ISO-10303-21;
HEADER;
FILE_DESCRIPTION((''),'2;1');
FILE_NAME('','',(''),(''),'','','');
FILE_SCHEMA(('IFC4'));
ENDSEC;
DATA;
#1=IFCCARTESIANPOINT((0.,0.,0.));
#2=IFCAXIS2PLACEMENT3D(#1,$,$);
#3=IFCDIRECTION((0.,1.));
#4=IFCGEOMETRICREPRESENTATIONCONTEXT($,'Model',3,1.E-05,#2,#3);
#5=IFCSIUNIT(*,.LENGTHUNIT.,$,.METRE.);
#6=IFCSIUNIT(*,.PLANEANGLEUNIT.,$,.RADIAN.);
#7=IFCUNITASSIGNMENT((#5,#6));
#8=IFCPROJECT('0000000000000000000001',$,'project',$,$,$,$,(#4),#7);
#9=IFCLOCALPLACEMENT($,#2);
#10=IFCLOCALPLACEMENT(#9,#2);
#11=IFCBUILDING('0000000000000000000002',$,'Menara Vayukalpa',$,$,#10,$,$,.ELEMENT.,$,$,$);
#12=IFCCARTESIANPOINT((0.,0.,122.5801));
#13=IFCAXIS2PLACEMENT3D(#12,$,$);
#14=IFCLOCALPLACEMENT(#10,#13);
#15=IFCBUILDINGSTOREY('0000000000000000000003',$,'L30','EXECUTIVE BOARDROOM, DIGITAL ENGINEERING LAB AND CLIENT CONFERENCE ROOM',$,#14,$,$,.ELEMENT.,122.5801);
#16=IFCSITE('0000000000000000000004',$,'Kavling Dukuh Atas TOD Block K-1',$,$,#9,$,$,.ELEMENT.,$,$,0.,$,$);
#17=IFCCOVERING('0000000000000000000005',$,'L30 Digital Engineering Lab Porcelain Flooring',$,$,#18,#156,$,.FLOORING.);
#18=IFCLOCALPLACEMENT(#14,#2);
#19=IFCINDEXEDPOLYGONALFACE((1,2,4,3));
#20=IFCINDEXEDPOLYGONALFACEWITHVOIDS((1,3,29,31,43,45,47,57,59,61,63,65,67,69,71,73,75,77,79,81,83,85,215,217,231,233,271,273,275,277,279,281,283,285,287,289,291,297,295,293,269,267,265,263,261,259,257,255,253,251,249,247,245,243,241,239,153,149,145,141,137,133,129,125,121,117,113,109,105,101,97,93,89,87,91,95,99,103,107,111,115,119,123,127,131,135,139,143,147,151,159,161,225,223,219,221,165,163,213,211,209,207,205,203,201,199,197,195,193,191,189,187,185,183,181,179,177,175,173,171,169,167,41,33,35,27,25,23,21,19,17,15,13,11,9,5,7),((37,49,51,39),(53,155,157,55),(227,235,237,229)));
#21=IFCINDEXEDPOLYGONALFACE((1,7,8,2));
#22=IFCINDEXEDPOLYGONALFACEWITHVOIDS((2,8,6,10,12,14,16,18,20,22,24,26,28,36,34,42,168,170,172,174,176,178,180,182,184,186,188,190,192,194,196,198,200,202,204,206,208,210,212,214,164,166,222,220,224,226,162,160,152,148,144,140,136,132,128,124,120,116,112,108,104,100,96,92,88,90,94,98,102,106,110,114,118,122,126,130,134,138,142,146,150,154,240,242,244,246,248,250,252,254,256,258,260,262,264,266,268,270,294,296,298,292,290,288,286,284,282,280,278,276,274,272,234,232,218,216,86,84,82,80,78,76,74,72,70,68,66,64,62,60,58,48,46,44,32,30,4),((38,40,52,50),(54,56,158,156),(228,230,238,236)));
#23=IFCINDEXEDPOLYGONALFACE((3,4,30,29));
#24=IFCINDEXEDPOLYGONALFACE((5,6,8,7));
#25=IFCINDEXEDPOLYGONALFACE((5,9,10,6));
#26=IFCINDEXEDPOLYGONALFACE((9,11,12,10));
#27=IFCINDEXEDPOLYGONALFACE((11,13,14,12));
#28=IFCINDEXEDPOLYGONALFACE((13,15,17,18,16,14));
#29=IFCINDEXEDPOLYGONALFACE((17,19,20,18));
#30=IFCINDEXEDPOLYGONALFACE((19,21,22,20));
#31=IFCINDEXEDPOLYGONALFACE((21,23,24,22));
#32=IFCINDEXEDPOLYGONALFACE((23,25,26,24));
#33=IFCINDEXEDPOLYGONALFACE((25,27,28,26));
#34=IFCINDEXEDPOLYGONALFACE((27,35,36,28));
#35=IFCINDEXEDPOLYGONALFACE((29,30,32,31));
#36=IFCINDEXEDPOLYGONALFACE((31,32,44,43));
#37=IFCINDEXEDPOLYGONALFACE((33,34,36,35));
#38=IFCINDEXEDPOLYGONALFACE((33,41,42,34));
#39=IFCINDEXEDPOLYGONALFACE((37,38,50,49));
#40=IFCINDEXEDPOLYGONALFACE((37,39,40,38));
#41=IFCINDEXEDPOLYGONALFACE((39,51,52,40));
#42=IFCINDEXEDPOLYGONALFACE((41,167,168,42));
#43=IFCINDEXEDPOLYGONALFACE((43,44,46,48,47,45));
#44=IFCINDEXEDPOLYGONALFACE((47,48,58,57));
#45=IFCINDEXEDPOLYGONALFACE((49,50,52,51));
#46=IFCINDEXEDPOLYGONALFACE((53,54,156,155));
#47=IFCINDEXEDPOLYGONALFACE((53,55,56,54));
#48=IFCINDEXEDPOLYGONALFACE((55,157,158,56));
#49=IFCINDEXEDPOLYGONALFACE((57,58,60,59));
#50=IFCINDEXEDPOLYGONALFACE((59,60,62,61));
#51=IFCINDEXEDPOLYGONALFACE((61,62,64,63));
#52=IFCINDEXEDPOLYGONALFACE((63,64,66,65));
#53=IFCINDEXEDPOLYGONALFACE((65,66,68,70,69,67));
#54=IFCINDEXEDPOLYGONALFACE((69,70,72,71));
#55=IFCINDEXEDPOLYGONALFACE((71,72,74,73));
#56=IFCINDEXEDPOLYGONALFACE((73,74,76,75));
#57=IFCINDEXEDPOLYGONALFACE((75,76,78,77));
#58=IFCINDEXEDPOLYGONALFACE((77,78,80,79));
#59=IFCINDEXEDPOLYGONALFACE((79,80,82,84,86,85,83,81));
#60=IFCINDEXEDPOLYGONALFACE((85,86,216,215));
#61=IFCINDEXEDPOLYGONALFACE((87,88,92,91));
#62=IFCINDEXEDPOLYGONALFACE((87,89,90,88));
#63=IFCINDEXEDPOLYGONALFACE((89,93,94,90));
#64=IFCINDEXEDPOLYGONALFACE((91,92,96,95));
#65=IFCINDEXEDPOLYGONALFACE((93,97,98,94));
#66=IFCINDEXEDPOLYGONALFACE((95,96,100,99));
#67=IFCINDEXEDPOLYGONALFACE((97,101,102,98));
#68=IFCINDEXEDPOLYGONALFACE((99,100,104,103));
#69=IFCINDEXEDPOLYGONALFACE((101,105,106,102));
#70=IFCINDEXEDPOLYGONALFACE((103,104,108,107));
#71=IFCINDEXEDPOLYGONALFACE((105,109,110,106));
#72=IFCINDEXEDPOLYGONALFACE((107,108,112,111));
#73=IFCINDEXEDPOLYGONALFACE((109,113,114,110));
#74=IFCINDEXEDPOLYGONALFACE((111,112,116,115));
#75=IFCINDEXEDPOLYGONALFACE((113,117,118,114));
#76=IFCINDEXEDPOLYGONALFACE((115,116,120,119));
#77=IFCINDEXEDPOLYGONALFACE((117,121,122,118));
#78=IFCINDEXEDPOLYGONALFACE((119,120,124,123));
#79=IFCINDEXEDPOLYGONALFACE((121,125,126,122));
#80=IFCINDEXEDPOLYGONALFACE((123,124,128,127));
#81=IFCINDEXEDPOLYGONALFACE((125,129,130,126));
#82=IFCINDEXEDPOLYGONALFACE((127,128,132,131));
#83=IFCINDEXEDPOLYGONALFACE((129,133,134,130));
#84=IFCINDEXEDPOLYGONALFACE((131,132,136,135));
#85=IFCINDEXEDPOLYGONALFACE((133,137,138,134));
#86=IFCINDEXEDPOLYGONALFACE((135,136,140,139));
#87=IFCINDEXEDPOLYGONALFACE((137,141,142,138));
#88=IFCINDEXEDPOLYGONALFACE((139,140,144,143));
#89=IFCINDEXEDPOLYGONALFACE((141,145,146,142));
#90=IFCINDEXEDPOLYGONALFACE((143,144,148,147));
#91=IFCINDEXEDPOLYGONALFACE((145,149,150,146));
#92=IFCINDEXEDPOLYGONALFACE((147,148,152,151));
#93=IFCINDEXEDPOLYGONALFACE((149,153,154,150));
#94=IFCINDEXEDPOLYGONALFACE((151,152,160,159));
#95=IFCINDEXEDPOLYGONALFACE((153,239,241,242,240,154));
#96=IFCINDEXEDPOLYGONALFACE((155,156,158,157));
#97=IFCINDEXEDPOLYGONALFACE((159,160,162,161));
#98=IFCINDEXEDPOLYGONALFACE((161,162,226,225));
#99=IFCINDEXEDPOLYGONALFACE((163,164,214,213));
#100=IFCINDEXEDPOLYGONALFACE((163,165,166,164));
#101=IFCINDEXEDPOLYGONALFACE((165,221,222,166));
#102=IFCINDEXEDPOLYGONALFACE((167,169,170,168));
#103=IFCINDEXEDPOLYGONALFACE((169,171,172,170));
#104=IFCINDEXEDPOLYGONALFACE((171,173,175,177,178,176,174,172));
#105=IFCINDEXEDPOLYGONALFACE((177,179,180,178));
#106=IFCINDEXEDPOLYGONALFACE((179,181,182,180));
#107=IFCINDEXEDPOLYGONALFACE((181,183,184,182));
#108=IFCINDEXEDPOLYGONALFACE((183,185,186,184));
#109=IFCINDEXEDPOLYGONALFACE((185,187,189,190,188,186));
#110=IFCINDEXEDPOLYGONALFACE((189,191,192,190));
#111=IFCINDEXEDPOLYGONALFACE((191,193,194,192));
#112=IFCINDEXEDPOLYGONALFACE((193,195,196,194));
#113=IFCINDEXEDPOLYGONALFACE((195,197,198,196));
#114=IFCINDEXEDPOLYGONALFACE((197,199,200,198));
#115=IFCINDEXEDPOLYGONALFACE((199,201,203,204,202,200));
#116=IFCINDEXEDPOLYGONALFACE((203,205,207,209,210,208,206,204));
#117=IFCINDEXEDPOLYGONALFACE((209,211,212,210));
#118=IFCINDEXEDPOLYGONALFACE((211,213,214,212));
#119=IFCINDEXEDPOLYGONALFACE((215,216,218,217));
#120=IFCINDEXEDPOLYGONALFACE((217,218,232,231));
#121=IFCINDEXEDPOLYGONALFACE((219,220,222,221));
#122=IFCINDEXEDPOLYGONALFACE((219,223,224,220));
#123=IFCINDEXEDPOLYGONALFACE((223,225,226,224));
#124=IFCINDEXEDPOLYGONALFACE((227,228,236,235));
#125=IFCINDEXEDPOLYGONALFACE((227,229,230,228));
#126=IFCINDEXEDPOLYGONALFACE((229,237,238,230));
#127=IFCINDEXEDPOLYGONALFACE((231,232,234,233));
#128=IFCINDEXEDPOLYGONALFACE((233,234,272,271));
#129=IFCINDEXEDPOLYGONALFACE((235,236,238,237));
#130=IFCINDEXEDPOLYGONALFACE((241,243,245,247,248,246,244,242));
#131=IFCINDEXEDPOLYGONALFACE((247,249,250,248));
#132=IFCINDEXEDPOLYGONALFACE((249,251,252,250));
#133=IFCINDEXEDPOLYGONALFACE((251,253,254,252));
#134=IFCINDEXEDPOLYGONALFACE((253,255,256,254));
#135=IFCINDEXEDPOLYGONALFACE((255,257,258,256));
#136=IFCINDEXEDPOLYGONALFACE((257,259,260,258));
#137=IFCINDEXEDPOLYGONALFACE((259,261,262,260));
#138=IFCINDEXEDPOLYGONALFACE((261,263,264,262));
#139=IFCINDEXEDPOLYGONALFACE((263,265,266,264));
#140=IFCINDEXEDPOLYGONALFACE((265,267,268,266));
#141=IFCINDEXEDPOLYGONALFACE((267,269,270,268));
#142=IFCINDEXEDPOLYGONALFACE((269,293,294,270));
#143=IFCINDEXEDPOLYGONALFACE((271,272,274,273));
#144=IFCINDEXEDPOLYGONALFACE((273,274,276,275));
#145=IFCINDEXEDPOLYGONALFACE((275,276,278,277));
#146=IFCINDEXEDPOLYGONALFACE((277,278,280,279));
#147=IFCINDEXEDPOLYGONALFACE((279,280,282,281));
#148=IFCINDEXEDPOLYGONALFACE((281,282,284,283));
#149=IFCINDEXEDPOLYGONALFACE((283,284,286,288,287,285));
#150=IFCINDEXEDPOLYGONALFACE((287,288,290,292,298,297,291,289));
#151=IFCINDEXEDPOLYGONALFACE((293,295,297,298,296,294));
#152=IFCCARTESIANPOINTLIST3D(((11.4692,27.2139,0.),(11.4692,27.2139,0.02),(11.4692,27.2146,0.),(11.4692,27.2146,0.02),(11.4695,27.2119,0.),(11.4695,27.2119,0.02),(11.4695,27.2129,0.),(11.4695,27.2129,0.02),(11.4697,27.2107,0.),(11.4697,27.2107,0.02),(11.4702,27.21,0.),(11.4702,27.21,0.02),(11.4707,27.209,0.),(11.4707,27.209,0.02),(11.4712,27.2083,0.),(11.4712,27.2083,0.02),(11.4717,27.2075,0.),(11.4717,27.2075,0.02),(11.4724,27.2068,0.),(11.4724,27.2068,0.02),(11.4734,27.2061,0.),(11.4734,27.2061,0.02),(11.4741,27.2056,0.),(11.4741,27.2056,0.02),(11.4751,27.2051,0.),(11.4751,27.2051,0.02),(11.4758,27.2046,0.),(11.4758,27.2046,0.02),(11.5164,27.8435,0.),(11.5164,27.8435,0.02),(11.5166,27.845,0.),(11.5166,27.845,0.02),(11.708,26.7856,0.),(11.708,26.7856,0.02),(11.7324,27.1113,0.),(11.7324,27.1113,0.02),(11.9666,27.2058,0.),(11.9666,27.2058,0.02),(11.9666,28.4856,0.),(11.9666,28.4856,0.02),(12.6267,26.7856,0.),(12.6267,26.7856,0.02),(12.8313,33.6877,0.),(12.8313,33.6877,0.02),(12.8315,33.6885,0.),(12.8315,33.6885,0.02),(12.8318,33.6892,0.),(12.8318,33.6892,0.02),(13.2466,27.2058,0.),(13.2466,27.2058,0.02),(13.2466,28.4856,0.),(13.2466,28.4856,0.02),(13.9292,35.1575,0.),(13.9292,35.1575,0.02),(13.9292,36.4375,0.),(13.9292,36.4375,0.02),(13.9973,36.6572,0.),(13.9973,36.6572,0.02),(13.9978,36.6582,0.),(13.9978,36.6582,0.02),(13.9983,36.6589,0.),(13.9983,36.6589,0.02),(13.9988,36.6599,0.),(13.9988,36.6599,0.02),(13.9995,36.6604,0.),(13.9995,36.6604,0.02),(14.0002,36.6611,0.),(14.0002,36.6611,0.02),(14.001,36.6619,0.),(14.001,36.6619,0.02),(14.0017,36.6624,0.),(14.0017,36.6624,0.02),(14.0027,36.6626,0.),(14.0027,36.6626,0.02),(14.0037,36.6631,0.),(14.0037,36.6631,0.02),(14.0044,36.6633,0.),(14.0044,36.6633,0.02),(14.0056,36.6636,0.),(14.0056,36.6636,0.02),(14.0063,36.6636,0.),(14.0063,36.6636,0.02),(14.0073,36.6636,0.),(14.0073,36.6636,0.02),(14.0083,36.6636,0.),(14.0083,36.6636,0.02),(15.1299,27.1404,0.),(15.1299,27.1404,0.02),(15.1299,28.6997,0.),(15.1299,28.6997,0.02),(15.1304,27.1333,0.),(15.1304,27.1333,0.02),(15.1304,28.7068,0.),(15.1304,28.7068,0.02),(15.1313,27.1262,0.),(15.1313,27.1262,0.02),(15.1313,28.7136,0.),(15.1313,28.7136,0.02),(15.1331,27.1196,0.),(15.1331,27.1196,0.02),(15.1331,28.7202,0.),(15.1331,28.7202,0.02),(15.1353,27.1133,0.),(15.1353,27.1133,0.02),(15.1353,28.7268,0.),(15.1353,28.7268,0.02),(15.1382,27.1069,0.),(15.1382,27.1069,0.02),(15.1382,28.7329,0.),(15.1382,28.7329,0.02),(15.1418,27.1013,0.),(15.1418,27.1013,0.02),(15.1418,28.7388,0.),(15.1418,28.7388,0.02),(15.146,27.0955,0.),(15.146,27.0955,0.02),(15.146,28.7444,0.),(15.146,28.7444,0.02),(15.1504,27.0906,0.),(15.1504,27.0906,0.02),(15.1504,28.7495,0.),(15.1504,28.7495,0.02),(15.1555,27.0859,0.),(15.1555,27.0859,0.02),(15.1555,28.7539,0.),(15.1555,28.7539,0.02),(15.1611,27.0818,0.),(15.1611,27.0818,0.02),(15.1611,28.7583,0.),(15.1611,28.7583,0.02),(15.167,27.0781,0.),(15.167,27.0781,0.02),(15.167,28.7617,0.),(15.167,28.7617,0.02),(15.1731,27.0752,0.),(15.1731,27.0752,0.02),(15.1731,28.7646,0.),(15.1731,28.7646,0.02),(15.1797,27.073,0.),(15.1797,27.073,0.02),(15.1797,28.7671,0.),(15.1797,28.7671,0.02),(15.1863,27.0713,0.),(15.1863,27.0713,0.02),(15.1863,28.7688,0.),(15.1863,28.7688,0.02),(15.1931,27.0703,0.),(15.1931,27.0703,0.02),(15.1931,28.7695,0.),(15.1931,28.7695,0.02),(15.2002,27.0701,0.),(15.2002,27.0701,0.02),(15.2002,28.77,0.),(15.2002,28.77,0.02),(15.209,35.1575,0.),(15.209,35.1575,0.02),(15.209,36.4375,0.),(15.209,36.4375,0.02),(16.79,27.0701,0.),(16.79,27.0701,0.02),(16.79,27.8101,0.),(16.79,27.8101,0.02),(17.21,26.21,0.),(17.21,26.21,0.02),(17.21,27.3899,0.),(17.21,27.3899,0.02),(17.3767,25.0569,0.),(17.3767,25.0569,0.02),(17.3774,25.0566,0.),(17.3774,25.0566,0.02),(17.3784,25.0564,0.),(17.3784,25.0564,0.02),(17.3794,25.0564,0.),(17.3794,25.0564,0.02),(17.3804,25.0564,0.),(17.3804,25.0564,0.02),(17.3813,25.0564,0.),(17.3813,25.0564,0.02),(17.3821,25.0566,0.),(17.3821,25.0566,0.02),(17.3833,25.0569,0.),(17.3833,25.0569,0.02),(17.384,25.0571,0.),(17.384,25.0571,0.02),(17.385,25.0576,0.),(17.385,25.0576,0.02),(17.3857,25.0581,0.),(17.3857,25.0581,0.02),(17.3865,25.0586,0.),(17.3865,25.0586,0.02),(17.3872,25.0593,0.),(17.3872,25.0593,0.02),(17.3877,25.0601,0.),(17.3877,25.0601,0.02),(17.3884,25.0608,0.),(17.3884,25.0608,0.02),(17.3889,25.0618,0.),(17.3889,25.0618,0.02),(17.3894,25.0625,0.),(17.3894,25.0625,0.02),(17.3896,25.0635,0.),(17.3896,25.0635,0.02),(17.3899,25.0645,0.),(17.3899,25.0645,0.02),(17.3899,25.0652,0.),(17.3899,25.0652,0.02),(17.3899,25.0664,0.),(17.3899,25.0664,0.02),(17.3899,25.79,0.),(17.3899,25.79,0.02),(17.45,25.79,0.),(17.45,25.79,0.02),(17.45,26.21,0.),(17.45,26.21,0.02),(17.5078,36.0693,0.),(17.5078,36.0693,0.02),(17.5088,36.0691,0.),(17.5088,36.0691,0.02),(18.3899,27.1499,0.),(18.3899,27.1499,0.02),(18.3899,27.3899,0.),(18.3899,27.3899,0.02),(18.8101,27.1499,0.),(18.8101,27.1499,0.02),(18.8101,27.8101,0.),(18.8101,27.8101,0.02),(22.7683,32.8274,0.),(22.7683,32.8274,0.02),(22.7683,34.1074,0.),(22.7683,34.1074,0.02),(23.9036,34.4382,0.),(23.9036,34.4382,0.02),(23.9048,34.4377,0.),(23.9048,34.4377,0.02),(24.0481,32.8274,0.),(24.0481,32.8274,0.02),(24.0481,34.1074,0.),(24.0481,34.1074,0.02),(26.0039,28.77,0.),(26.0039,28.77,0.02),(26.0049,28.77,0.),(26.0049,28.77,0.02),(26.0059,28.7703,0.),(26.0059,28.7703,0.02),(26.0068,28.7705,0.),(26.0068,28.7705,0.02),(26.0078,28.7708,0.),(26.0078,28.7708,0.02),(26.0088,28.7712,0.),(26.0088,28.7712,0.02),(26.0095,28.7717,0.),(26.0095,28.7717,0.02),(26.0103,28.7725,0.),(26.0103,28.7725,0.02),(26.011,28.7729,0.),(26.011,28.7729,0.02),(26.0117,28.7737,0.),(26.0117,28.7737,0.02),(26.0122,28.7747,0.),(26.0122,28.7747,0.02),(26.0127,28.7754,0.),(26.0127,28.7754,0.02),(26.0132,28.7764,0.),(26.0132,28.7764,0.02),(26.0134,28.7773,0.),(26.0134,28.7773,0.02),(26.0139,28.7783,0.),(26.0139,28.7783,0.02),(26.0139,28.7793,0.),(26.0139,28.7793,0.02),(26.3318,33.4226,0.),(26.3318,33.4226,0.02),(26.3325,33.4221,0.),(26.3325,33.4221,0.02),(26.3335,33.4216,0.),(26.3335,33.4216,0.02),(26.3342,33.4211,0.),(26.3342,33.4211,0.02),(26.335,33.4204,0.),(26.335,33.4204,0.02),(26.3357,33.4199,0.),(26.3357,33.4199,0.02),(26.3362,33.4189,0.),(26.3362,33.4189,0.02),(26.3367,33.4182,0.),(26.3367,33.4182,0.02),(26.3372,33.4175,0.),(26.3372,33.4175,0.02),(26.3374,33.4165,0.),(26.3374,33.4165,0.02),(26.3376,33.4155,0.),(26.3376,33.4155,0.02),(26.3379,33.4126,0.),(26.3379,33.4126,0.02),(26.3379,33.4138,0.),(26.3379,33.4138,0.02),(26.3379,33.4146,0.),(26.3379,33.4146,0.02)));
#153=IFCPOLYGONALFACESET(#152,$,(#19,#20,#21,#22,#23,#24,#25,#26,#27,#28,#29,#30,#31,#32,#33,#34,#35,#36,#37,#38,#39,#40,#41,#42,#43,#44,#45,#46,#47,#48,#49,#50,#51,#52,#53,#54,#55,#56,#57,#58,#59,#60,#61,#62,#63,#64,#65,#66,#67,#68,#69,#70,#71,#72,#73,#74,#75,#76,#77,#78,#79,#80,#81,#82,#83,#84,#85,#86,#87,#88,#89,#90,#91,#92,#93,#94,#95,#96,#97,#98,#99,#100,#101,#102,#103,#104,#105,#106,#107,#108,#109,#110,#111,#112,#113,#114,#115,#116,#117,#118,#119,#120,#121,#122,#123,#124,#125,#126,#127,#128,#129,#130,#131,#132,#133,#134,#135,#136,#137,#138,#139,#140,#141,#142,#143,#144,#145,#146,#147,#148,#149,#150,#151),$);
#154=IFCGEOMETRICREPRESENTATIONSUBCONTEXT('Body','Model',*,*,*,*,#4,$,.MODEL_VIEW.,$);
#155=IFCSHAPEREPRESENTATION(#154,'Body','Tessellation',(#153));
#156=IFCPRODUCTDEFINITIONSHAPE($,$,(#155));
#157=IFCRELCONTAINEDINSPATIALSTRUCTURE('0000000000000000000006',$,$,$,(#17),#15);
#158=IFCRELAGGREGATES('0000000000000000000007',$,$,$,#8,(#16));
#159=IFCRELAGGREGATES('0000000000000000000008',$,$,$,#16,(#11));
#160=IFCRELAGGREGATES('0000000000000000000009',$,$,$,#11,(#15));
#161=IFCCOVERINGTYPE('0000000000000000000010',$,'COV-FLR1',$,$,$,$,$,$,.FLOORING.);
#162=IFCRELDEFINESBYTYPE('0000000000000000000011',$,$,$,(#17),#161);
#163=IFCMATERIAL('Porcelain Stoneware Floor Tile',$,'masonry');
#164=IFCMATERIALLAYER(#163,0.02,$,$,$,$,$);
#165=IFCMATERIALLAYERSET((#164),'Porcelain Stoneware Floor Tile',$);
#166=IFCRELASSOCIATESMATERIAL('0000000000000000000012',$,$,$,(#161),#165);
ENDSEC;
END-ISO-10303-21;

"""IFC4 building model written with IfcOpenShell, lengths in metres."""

from ifc_helpers import new_model, si_unit, direction, frame, origin, place, context, subcontext, project, spatial, polyline, outline, extrude, material, layer, layer_set, type_object, element, save


model = new_model("IFC4")

# Units and contexts
model_context = context("Model", 3, precision=1e-05, world=origin(), true_north=direction((0.0, 1.0)))
body_context = subcontext(model_context, "Body", "Model", "MODEL_VIEW")
ifc_project = project(units=[si_unit("LENGTHUNIT", "METRE"), si_unit("PLANEANGLEUNIT", "RADIAN")], contexts=[model_context])

# Site, building, storey
site_placement = place(None, origin())
site = spatial("IfcSite", under=ifc_project, at=site_placement, Name="Kavling Dukuh Atas TOD Block K-1", CompositionType="ELEMENT", RefElevation=0.0)
building_placement = place(site_placement, origin())
building = spatial("IfcBuilding", under=site, at=building_placement, Name="Menara Vayukalpa", CompositionType="ELEMENT")
storey_placement = place(building_placement, frame((0.0, 0.0, 122.5801)))
storey = spatial("IfcBuildingStorey", under=building, at=storey_placement, Name="L30", Description="EXECUTIVE BOARDROOM, DIGITAL ENGINEERING LAB AND CLIENT CONFERENCE ROOM", CompositionType="ELEMENT", Elevation=122.5801)

# Covering
ifc_material_1 = material(Name="Porcelain Stoneware Floor Tile", Category="masonry")
ifc_layer_1 = layer(ifc_material_1, 0.02)
ifc_layer_set_1 = layer_set([ifc_layer_1], Name="Porcelain Stoneware Floor Tile")
covering_type_1 = type_object("IfcCoveringType", Name="COV-FLR1", PredefinedType="FLOORING", material=ifc_layer_set_1)
covering_1_placement = place(storey_placement, origin())
element("IfcCovering", 1, at=covering_1_placement, inside=storey, type_object=covering_type_1, Name="L30 Digital Engineering Lab Porcelain Flooring", PredefinedType="FLOORING", context=body_context, shape_type="SweptSolid", body=[
    extrude(outline(polyline([(18.8101, 27.1499), (18.3899, 27.1499), (18.3899, 27.3899), (17.21, 27.3899), (17.21, 26.21), (17.45, 26.21), (17.45, 25.79), (17.3899, 25.79), (17.3899, 25.0664), (17.3899, 25.0652), (17.3899, 25.0645), (17.3896, 25.0635), (17.3894, 25.0625), (17.3889, 25.0618), (17.3884, 25.0608), (17.3877, 25.0601), (17.3872, 25.0593), (17.3865, 25.0586), (17.3857, 25.0581), (17.385, 25.0576), (17.384, 25.0571), (17.3833, 25.0569), (17.3821, 25.0566), (17.3813, 25.0564), (17.3804, 25.0564), (17.3794, 25.0564), (17.3784, 25.0564), (17.3774, 25.0566), (17.3767, 25.0569), (12.6267, 26.7856), (11.708, 26.7856), (11.7324, 27.1113), (11.4758, 27.2046), (11.4751, 27.2051), (11.4741, 27.2056), (11.4734, 27.2061), (11.4724, 27.2068), (11.4717, 27.2075), (11.4712, 27.2083), (11.4707, 27.209), (11.4702, 27.21), (11.4697, 27.2107), (11.4695, 27.2119), (11.4695, 27.2129), (11.4692, 27.2139), (11.4692, 27.2146), (11.5164, 27.8435), (11.5166, 27.845), (12.8313, 33.6877), (12.8315, 33.6885), (12.8318, 33.6892), (13.9973, 36.6572), (13.9978, 36.6582), (13.9983, 36.6589), (13.9988, 36.6599), (13.9995, 36.6604), (14.0002, 36.6611), (14.001, 36.6619), (14.0017, 36.6624), (14.0027, 36.6626), (14.0037, 36.6631), (14.0044, 36.6633), (14.0056, 36.6636), (14.0063, 36.6636), (14.0073, 36.6636), (14.0083, 36.6636), (17.5078, 36.0693), (17.5088, 36.0691), (23.9036, 34.4382), (23.9048, 34.4377), (26.3318, 33.4226), (26.3325, 33.4221), (26.3335, 33.4216), (26.3342, 33.4211), (26.335, 33.4204), (26.3357, 33.4199), (26.3362, 33.4189), (26.3367, 33.4182), (26.3372, 33.4175), (26.3374, 33.4165), (26.3376, 33.4155), (26.3379, 33.4146), (26.3379, 33.4138), (26.3379, 33.4126), (26.0139, 28.7793), (26.0139, 28.7783), (26.0134, 28.7773), (26.0132, 28.7764), (26.0127, 28.7754), (26.0122, 28.7747), (26.0117, 28.7737), (26.011, 28.7729), (26.0103, 28.7725), (26.0095, 28.7717), (26.0088, 28.7712), (26.0078, 28.7708), (26.0068, 28.7705), (26.0059, 28.7703), (26.0049, 28.77), (26.0039, 28.77), (15.2002, 28.77), (15.1931, 28.7695), (15.1863, 28.7688), (15.1797, 28.7671), (15.1731, 28.7646), (15.167, 28.7617), (15.1611, 28.7583), (15.1555, 28.7539), (15.1504, 28.7495), (15.146, 28.7444), (15.1418, 28.7388), (15.1382, 28.7329), (15.1353, 28.7268), (15.1331, 28.7202), (15.1313, 28.7136), (15.1304, 28.7068), (15.1299, 28.6997), (15.1299, 27.1404), (15.1304, 27.1333), (15.1313, 27.1262), (15.1331, 27.1196), (15.1353, 27.1133), (15.1382, 27.1069), (15.1418, 27.1013), (15.146, 27.0955), (15.1504, 27.0906), (15.1555, 27.0859), (15.1611, 27.0818), (15.167, 27.0781), (15.1731, 27.0752), (15.1797, 27.073), (15.1863, 27.0713), (15.1931, 27.0703), (15.2002, 27.0701), (16.79, 27.0701), (16.79, 27.8101), (18.8101, 27.8101), (18.8101, 27.1499)]), holes=[polyline([(13.2466, 28.4856), (11.9666, 28.4856), (11.9666, 27.2058), (13.2466, 27.2058), (13.2466, 28.4856)]), polyline([(15.209, 36.4375), (13.9292, 36.4375), (13.9292, 35.1575), (15.209, 35.1575), (15.209, 36.4375)]), polyline([(24.0481, 32.8274), (24.0481, 34.1074), (22.7683, 34.1074), (22.7683, 32.8274), (24.0481, 32.8274)])]), origin(), (0.0, 0.0, 1.0), 0.02),
])

save(model, "model.ifc")
